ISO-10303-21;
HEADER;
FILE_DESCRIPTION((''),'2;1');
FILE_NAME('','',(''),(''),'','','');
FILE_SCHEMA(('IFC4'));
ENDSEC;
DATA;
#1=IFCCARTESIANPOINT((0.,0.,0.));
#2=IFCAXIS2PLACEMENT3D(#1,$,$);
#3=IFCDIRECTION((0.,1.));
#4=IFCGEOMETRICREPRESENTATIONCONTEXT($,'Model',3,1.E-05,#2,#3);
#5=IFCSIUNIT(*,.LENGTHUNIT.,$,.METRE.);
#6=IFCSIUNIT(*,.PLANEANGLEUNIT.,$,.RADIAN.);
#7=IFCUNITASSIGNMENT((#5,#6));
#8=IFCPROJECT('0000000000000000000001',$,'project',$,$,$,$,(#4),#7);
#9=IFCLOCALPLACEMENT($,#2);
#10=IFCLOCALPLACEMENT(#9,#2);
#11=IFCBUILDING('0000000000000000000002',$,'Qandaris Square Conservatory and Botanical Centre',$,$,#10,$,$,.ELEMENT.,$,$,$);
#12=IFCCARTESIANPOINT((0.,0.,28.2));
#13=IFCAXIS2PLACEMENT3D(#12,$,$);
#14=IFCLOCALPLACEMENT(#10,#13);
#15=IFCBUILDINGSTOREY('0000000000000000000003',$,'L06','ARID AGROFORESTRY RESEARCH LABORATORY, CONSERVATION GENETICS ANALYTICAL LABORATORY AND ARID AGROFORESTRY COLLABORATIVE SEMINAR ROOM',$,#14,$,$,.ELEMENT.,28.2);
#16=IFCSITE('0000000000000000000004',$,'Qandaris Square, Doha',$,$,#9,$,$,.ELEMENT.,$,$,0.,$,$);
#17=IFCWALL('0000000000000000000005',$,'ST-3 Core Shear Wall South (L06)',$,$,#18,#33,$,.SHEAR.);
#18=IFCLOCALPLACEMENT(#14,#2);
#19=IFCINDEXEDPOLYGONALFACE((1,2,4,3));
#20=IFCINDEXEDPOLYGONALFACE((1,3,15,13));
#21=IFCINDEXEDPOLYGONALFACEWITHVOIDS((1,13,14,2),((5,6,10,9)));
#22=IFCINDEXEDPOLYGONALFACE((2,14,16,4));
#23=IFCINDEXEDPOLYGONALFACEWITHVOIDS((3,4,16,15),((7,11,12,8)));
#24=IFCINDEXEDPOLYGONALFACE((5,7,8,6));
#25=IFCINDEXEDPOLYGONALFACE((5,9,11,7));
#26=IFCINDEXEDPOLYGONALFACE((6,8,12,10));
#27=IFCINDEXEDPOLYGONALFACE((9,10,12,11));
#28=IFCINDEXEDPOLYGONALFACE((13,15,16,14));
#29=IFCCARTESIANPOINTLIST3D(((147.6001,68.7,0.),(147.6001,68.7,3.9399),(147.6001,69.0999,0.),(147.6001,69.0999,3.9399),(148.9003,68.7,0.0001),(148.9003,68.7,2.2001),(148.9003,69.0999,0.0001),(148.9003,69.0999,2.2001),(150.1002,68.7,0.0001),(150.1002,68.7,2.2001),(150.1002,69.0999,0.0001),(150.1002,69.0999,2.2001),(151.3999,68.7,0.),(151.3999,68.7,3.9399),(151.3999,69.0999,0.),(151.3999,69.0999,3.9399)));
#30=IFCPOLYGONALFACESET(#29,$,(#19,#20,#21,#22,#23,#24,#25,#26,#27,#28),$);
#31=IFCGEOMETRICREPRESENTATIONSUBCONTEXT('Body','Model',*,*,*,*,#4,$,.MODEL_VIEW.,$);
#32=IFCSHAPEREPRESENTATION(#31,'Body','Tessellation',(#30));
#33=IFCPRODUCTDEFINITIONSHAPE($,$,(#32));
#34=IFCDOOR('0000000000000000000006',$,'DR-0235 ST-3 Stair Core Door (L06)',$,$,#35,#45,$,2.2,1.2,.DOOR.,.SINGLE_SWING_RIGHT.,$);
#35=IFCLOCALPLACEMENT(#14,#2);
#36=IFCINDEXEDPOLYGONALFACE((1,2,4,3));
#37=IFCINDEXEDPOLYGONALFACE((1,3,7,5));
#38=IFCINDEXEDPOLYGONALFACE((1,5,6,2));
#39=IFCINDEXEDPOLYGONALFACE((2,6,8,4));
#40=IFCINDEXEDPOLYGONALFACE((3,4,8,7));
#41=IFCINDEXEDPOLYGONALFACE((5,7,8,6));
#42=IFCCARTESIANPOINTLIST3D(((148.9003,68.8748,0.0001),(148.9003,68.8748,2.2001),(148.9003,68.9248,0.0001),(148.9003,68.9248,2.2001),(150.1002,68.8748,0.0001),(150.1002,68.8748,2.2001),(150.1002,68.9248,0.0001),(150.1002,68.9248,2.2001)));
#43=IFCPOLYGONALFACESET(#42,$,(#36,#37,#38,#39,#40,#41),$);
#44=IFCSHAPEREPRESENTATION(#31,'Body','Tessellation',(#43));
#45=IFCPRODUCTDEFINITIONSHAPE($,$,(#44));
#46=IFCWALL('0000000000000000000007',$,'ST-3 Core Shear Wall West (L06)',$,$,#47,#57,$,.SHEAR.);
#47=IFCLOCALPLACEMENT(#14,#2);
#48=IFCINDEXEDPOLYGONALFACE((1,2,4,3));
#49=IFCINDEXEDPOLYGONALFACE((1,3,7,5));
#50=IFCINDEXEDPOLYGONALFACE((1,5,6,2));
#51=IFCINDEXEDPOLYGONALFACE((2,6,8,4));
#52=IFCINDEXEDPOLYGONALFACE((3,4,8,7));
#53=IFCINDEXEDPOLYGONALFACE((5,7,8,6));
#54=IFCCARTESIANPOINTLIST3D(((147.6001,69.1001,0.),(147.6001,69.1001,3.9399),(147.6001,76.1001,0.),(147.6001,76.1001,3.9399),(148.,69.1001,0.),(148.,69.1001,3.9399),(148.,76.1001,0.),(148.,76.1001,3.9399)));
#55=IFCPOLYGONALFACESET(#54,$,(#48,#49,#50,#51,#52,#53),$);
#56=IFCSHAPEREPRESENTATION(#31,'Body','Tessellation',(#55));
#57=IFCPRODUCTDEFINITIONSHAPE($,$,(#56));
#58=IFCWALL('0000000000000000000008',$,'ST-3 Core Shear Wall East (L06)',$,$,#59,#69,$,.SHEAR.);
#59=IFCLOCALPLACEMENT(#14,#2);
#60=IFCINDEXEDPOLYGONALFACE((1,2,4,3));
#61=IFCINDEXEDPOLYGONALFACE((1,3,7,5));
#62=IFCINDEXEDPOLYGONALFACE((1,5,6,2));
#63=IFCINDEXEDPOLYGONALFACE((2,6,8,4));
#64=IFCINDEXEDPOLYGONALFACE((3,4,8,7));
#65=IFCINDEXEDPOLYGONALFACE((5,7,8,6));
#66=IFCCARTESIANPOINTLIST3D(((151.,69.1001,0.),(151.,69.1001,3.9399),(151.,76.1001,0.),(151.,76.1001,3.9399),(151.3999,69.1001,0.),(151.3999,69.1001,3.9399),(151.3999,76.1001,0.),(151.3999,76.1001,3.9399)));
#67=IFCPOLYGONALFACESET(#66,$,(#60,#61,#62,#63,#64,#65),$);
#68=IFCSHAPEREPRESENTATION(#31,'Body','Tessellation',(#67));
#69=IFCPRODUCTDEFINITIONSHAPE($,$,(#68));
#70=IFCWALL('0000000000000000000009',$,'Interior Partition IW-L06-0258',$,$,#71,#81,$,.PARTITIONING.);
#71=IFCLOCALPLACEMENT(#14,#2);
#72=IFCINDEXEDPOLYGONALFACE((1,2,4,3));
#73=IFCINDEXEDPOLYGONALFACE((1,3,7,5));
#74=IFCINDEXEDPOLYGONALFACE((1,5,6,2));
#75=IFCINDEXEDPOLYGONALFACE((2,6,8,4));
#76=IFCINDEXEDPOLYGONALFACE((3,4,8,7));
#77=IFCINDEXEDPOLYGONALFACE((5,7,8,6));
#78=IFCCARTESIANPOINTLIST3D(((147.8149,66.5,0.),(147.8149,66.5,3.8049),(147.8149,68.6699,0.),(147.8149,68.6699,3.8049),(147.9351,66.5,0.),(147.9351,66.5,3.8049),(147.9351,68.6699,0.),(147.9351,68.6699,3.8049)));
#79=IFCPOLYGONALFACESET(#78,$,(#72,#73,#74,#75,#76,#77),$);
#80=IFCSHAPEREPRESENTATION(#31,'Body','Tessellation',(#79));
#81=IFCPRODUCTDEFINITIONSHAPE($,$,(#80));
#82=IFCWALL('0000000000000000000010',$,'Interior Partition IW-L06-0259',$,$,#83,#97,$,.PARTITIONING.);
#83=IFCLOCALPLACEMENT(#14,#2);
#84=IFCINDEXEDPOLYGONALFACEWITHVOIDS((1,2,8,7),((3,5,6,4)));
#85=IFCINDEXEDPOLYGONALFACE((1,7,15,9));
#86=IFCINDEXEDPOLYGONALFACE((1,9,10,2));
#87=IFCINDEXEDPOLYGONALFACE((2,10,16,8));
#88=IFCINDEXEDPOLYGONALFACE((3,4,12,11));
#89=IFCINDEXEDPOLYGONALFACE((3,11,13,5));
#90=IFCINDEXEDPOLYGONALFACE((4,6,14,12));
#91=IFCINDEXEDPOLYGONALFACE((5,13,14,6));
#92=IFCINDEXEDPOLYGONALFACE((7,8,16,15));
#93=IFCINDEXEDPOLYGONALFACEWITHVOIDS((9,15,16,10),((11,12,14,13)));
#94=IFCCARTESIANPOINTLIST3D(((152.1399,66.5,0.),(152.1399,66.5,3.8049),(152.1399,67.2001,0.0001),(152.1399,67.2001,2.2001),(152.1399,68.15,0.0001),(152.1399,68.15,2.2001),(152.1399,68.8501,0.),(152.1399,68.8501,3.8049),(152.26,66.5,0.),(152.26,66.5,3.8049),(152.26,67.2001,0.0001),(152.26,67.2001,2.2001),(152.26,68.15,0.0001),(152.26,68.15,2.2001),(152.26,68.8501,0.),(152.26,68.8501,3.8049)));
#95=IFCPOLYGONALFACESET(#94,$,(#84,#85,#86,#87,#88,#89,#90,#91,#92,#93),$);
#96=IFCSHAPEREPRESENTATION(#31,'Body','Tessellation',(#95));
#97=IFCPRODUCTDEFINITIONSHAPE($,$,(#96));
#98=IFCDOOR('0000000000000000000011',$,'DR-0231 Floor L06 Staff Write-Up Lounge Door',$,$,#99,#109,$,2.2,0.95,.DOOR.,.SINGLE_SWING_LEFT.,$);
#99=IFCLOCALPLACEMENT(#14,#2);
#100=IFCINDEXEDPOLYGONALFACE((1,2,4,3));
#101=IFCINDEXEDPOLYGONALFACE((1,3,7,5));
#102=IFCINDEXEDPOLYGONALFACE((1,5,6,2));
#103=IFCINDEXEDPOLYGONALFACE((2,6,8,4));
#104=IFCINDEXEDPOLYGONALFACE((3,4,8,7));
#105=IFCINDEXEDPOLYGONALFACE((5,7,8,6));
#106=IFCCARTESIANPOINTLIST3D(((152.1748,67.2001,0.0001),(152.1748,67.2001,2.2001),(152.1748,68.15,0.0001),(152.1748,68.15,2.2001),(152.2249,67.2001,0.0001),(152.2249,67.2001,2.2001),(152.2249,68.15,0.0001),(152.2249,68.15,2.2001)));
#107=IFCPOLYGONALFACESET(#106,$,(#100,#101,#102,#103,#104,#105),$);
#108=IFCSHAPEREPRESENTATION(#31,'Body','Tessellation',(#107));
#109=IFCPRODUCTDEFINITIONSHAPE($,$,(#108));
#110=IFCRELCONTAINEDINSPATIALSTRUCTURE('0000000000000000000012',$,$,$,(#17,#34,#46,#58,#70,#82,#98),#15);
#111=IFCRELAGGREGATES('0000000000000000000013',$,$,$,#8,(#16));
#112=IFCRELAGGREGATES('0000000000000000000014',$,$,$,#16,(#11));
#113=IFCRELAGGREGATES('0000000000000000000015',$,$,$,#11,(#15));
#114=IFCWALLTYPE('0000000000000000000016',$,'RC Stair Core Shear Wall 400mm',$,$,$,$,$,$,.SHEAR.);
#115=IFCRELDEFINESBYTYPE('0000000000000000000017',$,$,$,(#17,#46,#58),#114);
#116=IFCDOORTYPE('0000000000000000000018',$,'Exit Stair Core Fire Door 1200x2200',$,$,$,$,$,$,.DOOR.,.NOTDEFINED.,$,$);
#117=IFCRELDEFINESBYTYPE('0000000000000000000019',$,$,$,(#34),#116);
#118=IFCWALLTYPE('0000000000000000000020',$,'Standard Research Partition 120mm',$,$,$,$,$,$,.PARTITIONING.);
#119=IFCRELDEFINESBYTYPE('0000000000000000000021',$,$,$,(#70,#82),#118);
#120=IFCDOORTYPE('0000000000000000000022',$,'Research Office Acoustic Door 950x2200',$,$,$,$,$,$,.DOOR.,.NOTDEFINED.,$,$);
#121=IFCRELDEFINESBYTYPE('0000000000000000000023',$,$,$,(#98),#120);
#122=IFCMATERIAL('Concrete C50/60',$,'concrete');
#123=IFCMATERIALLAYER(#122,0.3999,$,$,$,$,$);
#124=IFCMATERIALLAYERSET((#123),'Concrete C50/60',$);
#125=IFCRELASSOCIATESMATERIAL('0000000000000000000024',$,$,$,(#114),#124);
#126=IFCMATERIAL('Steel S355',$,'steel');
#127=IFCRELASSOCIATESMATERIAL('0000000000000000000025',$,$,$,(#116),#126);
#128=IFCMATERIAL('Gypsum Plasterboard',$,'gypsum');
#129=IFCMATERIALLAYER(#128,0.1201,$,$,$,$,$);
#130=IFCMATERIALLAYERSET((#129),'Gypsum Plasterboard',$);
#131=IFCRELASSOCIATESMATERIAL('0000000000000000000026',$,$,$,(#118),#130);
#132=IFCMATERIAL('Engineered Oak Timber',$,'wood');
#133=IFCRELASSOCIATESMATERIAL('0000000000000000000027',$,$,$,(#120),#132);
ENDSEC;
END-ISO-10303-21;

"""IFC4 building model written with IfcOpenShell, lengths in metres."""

from ifc_helpers import new_model, si_unit, direction, frame, frame_2d, origin, place, context, subcontext, project, spatial, rectangle, extrude, material, layer, layer_set, type_object, element, fill, save


model = new_model("IFC4")

# Units and contexts
model_context = context("Model", 3, precision=1e-05, world=origin(), true_north=direction((0.0, 1.0)))
body_context = subcontext(model_context, "Body", "Model", "MODEL_VIEW")
ifc_project = project(units=[si_unit("LENGTHUNIT", "METRE"), si_unit("PLANEANGLEUNIT", "RADIAN")], contexts=[model_context])

# Site, building, storey
site_placement = place(None, origin())
site = spatial("IfcSite", under=ifc_project, at=site_placement, Name="Qandaris Square, Doha", CompositionType="ELEMENT", RefElevation=0.0)
building_placement = place(site_placement, origin())
building = spatial("IfcBuilding", under=site, at=building_placement, Name="Qandaris Square Conservatory and Botanical Centre", CompositionType="ELEMENT")
storey_placement = place(building_placement, frame((0.0, 0.0, 28.2)))
storey = spatial("IfcBuildingStorey", under=building, at=storey_placement, Name="L06", Description="ARID AGROFORESTRY RESEARCH LABORATORY, CONSERVATION GENETICS ANALYTICAL LABORATORY AND ARID AGROFORESTRY COLLABORATIVE SEMINAR ROOM", CompositionType="ELEMENT", Elevation=28.2)

# Shared definitions
ifc_material_1 = material(Name="Concrete C50/60", Category="concrete")

# Shared definitions
ifc_material_2 = material(Name="Steel S355", Category="steel")

# Wall, opening, door
ifc_layer_1 = layer(ifc_material_1, 0.3999)
ifc_layer_set_1 = layer_set([ifc_layer_1], Name="Concrete C50/60")
wall_type_1 = type_object("IfcWallType", Name="RC Stair Core Shear Wall 400mm", PredefinedType="SHEAR", material=ifc_layer_set_1)
wall_1_placement = place(storey_placement, frame((147.6001, 68.8999, 0.0), z_axis=(0.0, 0.0, 1.0), x_axis=(1.0, 0.0, 0.0)))
wall_1 = element("IfcWall", 1, at=wall_1_placement, inside=storey, type_object=wall_type_1, Name="ST-3 Core Shear Wall South (L06)", PredefinedType="SHEAR", context=body_context, shape_type="SweptSolid", body=[
    extrude(rectangle(XDim=3.7998, YDim=0.3999, at=frame_2d((1.8999, 0.0))), origin(), (0.0, 0.0, 1.0), 3.9399),
])
opening_1_placement = place(wall_1_placement, frame((1.3, 0.0, 0.0)))
opening_1 = element("IfcOpeningElement", 2, at=opening_1_placement, cuts=wall_1, PredefinedType="OPENING", context=body_context, shape_type="SweptSolid", body=[
    extrude(rectangle(XDim=1.2, YDim=2.2, at=frame_2d((0.6001, 1.1001))), frame((0.0, 0.2119, 0.0), z_axis=(0.0, -1.0, 0.0), x_axis=(1.0, 0.0, 0.0)), (0.0, 0.0, 1.0), 0.4238),
])
door_type_1 = type_object("IfcDoorType", Name="Exit Stair Core Fire Door 1200x2200", OperationType="NOTDEFINED", PredefinedType="DOOR", material=ifc_material_2)
door_1_placement = place(opening_1_placement, origin())
door_1 = element("IfcDoor", 3, at=door_1_placement, inside=storey, type_object=door_type_1, Name="DR-0235 ST-3 Stair Core Door (L06)", OperationType="SINGLE_SWING_RIGHT", OverallHeight=2.2, OverallWidth=1.2, PredefinedType="DOOR", context=body_context, shape_type="SweptSolid", body=[
    extrude(rectangle(XDim=1.2, YDim=2.2, at=frame_2d((0.6001, 1.1001))), frame((0.0, 0.0249, 0.0), z_axis=(0.0, -1.0, 0.0), x_axis=(1.0, 0.0, 0.0)), (0.0, 0.0, 1.0), 0.05),
])
fill(opening_1, door_1)

# Walls
for number, where, z_axis, x_axis, name in (
    (4, (147.8, 69.1001, 0.0), (0.0, 0.0, 1.0), (0.0, 1.0, 0.0), "ST-3 Core Shear Wall West (L06)"),
    (5, (151.2, 69.1001, 0.0), (0.0, 0.0, 1.0), (0.0, 1.0, 0.0), "ST-3 Core Shear Wall East (L06)"),
):
    element("IfcWall", number, at=place(storey_placement, frame(where, z_axis=z_axis, x_axis=x_axis)), inside=storey, type_object=wall_type_1, Name=name, PredefinedType="SHEAR", context=body_context, shape_type="SweptSolid", body=[
        extrude(rectangle(XDim=7.0, YDim=0.3999, at=frame_2d((3.5, 0.0))), origin(), (0.0, 0.0, 1.0), 3.9399),
    ])
ifc_material_3 = material(Name="Gypsum Plasterboard", Category="gypsum")
ifc_layer_2 = layer(ifc_material_3, 0.1201)
ifc_layer_set_2 = layer_set([ifc_layer_2], Name="Gypsum Plasterboard")
wall_type_2 = type_object("IfcWallType", Name="Standard Research Partition 120mm", PredefinedType="PARTITIONING", material=ifc_layer_set_2)
wall_2_placement = place(storey_placement, frame((147.875, 66.5, 0.0), z_axis=(0.0, 0.0, 1.0), x_axis=(0.0, 1.0, 0.0)))
element("IfcWall", 6, at=wall_2_placement, inside=storey, type_object=wall_type_2, Name="Interior Partition IW-L06-0258", PredefinedType="PARTITIONING", context=body_context, shape_type="SweptSolid", body=[
    extrude(rectangle(XDim=2.1699, YDim=0.1201, at=frame_2d((1.085, 0.0))), origin(), (0.0, 0.0, 1.0), 3.8049),
])

# Wall, opening, door
wall_3_placement = place(storey_placement, frame((152.2, 68.8501, 0.0), z_axis=(0.0, 0.0, 1.0), x_axis=(0.0, -1.0, 0.0)))
wall_3 = element("IfcWall", 7, at=wall_3_placement, inside=storey, type_object=wall_type_2, Name="Interior Partition IW-L06-0259", PredefinedType="PARTITIONING", context=body_context, shape_type="SweptSolid", body=[
    extrude(rectangle(XDim=2.3501, YDim=0.1201, at=frame_2d((1.175, 0.0))), origin(), (0.0, 0.0, 1.0), 3.8049),
])
opening_2_placement = place(wall_3_placement, frame((0.7, 0.0, 0.0)))
opening_2 = element("IfcOpeningElement", 8, at=opening_2_placement, cuts=wall_3, PredefinedType="OPENING", context=body_context, shape_type="SweptSolid", body=[
    extrude(rectangle(XDim=0.95, YDim=2.2, at=frame_2d((0.4751, 1.1001))), frame((0.0, 0.072, 0.0), z_axis=(0.0, -1.0, 0.0), x_axis=(1.0, 0.0, 0.0)), (0.0, 0.0, 1.0), 0.144),
])
ifc_material_4 = material(Name="Engineered Oak Timber", Category="wood")
door_type_2 = type_object("IfcDoorType", Name="Research Office Acoustic Door 950x2200", OperationType="NOTDEFINED", PredefinedType="DOOR", material=ifc_material_4)
door_2_placement = place(opening_2_placement, origin())
door_2 = element("IfcDoor", 9, at=door_2_placement, inside=storey, type_object=door_type_2, Name="DR-0231 Floor L06 Staff Write-Up Lounge Door", OperationType="SINGLE_SWING_LEFT", OverallHeight=2.2, OverallWidth=0.95, PredefinedType="DOOR", context=body_context, shape_type="SweptSolid", body=[
    extrude(rectangle(XDim=0.95, YDim=2.2, at=frame_2d((0.4751, 1.1001))), frame((0.0, 0.0249, 0.0), z_axis=(0.0, -1.0, 0.0), x_axis=(1.0, 0.0, 0.0)), (0.0, 0.0, 1.0), 0.05),
])
fill(opening_2, door_2)

save(model, "model.ifc")
